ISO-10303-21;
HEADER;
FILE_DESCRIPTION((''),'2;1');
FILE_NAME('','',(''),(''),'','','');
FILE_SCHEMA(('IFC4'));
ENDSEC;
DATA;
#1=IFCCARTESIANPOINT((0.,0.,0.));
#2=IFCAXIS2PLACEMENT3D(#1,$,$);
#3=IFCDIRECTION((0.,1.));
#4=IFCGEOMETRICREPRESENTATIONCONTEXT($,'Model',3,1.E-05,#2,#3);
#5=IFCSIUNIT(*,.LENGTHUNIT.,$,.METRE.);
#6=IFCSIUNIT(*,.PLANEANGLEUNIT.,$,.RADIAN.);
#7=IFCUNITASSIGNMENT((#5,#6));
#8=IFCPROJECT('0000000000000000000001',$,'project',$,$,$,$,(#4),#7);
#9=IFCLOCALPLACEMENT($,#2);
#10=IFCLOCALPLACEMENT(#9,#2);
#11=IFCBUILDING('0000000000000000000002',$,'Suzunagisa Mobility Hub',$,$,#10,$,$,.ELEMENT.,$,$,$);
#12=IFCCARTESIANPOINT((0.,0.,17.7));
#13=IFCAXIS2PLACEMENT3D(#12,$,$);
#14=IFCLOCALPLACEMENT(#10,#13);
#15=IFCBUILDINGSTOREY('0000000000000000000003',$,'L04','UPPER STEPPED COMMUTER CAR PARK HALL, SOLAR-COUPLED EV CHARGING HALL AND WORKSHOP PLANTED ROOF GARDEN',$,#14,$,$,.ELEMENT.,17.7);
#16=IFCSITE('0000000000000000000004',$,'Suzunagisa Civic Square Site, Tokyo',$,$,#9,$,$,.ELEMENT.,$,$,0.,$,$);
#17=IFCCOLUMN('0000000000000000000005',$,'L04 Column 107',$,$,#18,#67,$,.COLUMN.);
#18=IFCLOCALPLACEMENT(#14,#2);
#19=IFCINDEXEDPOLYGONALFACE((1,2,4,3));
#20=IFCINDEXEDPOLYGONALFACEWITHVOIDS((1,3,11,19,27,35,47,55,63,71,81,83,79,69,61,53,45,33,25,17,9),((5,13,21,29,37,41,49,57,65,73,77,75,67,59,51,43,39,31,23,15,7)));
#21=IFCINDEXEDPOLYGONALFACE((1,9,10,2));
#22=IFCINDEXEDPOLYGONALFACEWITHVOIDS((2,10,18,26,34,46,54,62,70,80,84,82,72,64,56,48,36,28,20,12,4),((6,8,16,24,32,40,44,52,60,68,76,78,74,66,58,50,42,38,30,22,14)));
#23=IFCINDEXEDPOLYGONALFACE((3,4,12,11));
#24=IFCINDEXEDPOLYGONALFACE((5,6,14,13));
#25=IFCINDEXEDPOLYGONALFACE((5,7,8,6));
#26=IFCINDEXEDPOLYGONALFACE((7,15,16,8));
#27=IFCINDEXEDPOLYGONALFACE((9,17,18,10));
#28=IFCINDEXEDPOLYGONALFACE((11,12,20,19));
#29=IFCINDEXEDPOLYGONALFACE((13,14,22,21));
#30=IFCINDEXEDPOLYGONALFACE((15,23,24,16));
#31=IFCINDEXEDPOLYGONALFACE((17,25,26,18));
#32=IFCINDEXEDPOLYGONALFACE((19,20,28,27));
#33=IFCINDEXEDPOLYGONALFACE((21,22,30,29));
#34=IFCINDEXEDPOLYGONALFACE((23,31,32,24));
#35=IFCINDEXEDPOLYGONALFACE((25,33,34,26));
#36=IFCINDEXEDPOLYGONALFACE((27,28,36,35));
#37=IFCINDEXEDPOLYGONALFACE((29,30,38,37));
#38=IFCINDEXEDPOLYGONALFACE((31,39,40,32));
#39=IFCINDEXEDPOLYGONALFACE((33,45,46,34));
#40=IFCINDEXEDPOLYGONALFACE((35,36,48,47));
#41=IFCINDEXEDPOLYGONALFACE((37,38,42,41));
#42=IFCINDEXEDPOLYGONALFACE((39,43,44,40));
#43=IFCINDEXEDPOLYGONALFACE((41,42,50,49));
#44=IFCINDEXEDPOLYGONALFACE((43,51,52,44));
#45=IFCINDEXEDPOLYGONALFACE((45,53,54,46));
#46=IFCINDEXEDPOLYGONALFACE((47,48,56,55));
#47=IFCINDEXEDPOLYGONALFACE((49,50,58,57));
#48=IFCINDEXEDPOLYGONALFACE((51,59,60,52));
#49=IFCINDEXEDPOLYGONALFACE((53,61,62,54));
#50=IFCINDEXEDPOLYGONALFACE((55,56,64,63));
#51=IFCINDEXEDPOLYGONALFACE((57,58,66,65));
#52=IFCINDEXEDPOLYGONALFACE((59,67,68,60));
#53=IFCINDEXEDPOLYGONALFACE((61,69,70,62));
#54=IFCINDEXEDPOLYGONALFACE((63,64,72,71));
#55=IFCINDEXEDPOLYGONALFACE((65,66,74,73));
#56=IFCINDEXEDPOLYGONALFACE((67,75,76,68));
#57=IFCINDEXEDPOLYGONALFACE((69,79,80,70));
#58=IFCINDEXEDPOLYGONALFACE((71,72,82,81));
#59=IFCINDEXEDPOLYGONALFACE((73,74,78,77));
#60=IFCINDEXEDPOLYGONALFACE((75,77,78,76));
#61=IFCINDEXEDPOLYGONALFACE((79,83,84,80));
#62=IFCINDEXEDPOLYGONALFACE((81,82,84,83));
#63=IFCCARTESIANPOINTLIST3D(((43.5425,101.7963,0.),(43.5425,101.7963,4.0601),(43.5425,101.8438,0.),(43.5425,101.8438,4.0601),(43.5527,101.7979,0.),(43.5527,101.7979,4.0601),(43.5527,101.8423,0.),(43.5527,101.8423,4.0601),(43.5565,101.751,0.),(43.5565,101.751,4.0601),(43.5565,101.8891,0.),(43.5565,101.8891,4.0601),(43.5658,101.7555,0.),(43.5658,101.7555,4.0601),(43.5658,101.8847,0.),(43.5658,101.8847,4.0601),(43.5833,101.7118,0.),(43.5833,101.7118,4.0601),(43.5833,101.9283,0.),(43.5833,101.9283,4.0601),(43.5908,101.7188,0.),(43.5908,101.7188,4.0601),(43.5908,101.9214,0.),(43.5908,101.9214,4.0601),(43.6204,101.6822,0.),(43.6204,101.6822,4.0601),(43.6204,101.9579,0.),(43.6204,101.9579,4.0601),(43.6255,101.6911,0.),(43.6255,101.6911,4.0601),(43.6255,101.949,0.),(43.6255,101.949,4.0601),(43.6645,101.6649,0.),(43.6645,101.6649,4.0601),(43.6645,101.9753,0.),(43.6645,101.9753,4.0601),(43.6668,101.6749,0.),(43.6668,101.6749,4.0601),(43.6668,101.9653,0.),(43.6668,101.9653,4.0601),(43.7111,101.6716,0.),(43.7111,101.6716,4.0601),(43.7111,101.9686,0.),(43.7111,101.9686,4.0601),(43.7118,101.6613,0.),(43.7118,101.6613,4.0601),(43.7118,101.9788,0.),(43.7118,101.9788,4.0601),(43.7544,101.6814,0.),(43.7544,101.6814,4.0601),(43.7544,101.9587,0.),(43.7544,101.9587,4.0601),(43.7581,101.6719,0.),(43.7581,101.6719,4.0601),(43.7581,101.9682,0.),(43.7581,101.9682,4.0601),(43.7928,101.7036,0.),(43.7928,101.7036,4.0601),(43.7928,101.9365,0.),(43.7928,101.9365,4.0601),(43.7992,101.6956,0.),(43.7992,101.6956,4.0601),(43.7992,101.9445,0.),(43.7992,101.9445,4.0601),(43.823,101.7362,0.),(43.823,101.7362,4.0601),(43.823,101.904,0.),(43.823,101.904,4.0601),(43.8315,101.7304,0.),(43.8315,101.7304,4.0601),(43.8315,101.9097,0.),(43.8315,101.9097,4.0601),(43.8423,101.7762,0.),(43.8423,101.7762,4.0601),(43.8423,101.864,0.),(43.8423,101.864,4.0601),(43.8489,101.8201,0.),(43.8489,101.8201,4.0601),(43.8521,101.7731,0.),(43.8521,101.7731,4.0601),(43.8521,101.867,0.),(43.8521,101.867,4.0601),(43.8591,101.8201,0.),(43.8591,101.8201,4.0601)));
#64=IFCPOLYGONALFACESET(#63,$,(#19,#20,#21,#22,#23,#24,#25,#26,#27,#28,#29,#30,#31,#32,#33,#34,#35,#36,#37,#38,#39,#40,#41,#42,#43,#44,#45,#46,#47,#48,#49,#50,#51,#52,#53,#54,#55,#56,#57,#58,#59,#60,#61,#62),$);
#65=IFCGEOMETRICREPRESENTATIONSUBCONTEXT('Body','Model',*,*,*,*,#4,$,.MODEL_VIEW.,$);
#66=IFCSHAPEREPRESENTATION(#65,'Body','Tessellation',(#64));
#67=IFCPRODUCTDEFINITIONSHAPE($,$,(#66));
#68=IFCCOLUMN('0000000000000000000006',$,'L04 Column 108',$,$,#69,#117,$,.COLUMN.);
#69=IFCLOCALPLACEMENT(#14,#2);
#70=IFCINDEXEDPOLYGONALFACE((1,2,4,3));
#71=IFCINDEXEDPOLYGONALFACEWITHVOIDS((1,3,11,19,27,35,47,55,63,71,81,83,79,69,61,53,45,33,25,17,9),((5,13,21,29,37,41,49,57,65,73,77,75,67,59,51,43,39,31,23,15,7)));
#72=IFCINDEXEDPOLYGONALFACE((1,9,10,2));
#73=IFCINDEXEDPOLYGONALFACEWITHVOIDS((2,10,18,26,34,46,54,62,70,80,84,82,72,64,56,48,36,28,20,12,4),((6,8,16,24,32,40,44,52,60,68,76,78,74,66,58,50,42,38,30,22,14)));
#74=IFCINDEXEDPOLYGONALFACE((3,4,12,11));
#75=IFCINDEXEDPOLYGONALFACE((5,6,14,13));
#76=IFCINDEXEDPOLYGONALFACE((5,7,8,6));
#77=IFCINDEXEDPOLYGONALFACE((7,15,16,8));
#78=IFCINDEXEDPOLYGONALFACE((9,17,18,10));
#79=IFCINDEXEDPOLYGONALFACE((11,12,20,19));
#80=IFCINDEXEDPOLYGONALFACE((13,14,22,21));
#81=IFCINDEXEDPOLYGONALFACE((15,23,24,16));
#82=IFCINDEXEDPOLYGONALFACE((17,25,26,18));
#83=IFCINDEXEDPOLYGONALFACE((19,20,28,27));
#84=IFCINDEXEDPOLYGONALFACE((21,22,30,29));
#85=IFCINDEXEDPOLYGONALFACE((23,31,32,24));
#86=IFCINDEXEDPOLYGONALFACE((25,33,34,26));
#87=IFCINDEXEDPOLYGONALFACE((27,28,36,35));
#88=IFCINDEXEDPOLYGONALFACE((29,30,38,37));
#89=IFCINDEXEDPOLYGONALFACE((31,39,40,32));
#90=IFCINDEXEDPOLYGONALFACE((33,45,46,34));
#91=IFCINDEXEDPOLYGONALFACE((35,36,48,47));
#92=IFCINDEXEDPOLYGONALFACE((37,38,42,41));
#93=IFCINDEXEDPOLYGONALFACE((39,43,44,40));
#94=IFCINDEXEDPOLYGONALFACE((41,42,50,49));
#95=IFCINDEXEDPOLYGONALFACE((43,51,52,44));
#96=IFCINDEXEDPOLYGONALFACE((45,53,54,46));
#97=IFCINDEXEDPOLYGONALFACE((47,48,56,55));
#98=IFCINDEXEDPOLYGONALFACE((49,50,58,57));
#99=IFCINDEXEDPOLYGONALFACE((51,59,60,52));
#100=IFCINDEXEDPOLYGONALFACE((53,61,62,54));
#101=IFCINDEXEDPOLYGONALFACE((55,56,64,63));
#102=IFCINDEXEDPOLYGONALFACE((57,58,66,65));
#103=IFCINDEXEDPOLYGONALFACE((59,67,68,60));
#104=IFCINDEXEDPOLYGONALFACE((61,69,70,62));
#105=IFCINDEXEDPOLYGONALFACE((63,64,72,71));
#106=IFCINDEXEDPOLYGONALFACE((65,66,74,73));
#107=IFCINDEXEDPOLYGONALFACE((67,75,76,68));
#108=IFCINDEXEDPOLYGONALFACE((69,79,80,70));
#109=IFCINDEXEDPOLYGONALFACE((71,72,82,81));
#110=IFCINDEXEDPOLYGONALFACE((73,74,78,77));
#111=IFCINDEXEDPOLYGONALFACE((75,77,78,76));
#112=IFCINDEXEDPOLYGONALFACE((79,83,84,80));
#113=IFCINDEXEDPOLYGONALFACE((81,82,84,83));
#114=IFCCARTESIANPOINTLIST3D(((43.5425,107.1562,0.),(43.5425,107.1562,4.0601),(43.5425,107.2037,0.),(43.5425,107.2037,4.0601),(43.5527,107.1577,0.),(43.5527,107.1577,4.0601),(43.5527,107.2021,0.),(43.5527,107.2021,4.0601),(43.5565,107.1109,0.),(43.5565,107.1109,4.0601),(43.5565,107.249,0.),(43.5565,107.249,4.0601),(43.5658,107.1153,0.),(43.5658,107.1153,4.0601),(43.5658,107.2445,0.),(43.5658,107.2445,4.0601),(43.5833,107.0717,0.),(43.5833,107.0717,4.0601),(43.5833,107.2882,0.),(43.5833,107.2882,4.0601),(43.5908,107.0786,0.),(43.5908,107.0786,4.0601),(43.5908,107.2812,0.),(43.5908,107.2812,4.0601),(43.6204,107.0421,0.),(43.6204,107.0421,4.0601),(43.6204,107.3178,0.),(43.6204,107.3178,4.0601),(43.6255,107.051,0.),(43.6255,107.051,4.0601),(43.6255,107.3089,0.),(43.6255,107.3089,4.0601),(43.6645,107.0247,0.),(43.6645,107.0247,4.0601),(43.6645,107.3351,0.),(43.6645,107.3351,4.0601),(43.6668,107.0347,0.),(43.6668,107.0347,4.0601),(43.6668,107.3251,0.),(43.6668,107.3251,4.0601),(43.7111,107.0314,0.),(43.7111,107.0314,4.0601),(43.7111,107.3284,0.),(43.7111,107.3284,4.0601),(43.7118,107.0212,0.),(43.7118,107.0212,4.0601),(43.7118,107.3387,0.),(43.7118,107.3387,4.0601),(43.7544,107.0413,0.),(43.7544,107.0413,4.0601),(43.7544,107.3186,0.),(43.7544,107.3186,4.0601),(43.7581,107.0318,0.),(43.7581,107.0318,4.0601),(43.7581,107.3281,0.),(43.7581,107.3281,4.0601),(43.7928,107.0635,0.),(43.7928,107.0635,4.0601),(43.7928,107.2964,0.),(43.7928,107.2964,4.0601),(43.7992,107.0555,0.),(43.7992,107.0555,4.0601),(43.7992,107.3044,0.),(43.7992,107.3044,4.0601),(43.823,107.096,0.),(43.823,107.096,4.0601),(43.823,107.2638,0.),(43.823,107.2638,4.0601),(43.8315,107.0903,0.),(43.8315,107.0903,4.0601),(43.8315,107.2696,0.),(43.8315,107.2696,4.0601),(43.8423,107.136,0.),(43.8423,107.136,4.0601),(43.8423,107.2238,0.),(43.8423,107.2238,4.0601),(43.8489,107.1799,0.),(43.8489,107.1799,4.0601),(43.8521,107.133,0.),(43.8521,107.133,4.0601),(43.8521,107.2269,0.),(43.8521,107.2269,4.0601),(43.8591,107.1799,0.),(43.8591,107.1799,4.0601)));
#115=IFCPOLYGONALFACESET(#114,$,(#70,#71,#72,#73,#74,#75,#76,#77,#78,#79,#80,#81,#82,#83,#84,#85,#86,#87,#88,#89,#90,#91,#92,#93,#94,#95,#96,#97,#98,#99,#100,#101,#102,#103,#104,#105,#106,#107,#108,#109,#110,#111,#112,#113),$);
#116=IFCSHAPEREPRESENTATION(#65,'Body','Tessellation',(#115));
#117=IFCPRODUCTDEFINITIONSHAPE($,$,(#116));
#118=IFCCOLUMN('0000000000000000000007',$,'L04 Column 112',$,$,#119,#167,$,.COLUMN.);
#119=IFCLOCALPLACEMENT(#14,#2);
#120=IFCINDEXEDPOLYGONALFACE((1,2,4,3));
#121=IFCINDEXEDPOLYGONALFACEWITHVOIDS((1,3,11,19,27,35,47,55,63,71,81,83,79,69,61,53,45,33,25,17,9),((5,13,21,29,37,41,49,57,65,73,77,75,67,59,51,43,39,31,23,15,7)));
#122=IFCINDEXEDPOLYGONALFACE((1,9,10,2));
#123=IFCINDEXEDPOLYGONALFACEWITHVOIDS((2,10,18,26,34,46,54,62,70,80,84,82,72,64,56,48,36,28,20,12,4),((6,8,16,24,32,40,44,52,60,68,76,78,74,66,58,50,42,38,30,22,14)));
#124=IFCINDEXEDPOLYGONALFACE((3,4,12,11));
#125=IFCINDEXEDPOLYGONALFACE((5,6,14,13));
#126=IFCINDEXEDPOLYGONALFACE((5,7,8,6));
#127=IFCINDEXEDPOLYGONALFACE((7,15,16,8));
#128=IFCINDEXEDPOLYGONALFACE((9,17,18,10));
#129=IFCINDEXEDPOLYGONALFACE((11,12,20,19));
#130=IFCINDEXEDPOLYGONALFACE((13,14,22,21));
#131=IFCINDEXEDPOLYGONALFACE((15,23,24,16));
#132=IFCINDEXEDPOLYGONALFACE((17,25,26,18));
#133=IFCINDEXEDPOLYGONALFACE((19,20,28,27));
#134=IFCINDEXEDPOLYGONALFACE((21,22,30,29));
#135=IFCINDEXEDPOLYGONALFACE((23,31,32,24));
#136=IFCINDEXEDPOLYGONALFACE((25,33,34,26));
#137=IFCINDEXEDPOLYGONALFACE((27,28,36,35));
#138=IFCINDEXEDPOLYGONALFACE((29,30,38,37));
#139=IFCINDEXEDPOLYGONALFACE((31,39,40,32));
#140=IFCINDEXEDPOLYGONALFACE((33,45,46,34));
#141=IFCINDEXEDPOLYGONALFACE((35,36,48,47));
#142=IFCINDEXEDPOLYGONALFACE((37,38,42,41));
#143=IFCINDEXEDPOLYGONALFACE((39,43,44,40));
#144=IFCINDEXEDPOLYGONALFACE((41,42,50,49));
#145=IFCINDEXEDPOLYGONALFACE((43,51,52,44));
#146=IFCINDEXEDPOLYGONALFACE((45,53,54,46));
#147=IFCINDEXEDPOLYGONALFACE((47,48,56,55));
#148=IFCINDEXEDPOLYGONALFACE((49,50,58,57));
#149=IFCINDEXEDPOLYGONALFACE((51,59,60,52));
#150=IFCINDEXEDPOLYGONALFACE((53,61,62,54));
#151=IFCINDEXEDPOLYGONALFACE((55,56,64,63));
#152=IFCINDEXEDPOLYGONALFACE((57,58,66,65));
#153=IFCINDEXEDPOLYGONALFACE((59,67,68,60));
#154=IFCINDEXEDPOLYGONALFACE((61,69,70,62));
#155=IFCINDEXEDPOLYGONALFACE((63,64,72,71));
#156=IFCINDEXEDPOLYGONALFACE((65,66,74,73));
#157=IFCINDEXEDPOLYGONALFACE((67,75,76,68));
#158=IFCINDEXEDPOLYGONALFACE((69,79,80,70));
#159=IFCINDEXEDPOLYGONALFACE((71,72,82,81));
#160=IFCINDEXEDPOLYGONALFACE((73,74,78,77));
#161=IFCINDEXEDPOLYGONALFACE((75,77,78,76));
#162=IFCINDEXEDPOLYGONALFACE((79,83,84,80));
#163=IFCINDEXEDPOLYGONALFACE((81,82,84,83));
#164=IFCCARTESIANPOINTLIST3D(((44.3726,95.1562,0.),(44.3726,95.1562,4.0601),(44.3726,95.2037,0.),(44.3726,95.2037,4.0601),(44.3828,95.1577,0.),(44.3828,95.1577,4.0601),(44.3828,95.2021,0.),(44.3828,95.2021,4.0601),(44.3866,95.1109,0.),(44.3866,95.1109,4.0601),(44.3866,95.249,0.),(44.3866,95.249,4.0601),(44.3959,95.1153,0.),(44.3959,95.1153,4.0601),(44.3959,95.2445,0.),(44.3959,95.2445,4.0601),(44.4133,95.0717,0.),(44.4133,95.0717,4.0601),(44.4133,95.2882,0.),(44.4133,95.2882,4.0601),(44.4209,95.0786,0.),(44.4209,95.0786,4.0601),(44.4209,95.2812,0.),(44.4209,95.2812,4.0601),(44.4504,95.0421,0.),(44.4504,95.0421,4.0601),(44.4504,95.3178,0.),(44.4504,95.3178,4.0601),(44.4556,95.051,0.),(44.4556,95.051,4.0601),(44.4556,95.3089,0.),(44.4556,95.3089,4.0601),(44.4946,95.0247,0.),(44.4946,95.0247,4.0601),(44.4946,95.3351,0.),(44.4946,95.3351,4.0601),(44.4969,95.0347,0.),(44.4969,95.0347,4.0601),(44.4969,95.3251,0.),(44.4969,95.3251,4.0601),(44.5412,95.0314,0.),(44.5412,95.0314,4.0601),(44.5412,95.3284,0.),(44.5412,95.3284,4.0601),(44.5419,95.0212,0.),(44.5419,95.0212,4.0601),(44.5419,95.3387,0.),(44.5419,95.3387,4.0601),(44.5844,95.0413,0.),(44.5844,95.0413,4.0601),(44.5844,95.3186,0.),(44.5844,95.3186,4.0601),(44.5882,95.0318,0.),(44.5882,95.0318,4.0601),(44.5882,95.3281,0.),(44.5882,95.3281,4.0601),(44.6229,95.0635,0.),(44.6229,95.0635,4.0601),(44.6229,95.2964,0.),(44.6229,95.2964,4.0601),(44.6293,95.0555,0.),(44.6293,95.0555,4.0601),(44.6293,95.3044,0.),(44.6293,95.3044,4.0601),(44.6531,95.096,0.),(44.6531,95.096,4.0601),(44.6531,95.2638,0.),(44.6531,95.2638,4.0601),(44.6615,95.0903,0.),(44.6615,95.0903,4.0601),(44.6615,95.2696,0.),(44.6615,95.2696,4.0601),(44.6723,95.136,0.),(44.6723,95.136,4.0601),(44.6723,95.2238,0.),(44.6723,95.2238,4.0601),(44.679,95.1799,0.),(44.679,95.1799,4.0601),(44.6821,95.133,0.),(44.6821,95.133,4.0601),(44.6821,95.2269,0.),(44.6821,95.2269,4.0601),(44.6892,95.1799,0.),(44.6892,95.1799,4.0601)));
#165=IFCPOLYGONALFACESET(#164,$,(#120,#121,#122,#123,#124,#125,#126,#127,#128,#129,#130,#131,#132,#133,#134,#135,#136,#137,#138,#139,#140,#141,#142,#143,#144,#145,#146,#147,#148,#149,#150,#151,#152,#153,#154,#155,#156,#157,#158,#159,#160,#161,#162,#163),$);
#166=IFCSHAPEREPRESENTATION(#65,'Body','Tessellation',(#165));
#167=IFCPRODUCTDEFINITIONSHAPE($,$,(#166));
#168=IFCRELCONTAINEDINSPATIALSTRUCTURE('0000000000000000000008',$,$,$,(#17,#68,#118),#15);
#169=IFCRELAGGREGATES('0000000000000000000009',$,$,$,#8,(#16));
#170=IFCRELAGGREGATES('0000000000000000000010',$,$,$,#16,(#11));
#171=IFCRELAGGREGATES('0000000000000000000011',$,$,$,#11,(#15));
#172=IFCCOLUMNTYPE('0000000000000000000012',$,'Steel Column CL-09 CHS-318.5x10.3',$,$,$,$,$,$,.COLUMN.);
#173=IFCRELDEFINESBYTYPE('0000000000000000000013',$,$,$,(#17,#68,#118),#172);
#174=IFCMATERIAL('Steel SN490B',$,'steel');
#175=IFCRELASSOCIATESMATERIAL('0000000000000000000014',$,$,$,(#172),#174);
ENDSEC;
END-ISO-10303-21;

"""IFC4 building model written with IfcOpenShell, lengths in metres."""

from ifc_helpers import new_model, si_unit, direction, frame, origin, origin_2d, place, context, subcontext, project, spatial, hollow_circle, extrude, material, material_profile, profile_set, type_object, element, save


model = new_model("IFC4")

# Units and contexts
model_context = context("Model", 3, precision=1e-05, world=origin(), true_north=direction((0.0, 1.0)))
body_context = subcontext(model_context, "Body", "Model", "MODEL_VIEW")
ifc_project = project(units=[si_unit("LENGTHUNIT", "METRE"), si_unit("PLANEANGLEUNIT", "RADIAN")], contexts=[model_context])

# Site, building, storey
site_placement = place(None, origin())
site = spatial("IfcSite", under=ifc_project, at=site_placement, Name="Suzunagisa Civic Square Site, Tokyo", CompositionType="ELEMENT", RefElevation=0.0)
building_placement = place(site_placement, origin())
building = spatial("IfcBuilding", under=site, at=building_placement, Name="Suzunagisa Mobility Hub", CompositionType="ELEMENT")
storey_placement = place(building_placement, frame((0.0, 0.0, 17.7)))
storey = spatial("IfcBuildingStorey", under=building, at=storey_placement, Name="L04", Description="UPPER STEPPED COMMUTER CAR PARK HALL, SOLAR-COUPLED EV CHARGING HALL AND WORKSHOP PLANTED ROOF GARDEN", CompositionType="ELEMENT", Elevation=17.7)

# Columns
ifc_material_1 = material(Name="Steel SN490B", Category="steel")
ifc_material_profile_1 = material_profile(ifc_material_1, hollow_circle(Radius=0.1592, WallThickness=0.0103, at=origin_2d()), Name="CHS-318.5x10.3")
ifc_profile_set_1 = profile_set([ifc_material_profile_1], Name="Steel SN490B")
column_type_1 = type_object("IfcColumnType", Name="Steel Column CL-09 CHS-318.5x10.3", PredefinedType="COLUMN", material=ifc_profile_set_1)
for number, where, z_axis, x_axis, name in (
    (1, (43.7, 101.8201, 0.0), (0.0, 0.0, 1.0), (1.0, 0.0, 0.0), "L04 Column 107"),
    (2, (43.7, 107.1799, 0.0), (0.0, 0.0, 1.0), (1.0, 0.0, 0.0), "L04 Column 108"),
    (3, (44.53, 95.1799, 0.0), (0.0, 0.0, 1.0), (1.0, 0.0, 0.0), "L04 Column 112"),
):
    element("IfcColumn", number, at=place(storey_placement, frame(where, z_axis=z_axis, x_axis=x_axis)), inside=storey, type_object=column_type_1, Name=name, PredefinedType="COLUMN", context=body_context, shape_type="SweptSolid", body=[
        extrude(hollow_circle(Radius=0.1592, WallThickness=0.0103, at=origin_2d()), origin(), (0.0, 0.0, 1.0), 4.0601),
    ])

save(model, "model.ifc")
